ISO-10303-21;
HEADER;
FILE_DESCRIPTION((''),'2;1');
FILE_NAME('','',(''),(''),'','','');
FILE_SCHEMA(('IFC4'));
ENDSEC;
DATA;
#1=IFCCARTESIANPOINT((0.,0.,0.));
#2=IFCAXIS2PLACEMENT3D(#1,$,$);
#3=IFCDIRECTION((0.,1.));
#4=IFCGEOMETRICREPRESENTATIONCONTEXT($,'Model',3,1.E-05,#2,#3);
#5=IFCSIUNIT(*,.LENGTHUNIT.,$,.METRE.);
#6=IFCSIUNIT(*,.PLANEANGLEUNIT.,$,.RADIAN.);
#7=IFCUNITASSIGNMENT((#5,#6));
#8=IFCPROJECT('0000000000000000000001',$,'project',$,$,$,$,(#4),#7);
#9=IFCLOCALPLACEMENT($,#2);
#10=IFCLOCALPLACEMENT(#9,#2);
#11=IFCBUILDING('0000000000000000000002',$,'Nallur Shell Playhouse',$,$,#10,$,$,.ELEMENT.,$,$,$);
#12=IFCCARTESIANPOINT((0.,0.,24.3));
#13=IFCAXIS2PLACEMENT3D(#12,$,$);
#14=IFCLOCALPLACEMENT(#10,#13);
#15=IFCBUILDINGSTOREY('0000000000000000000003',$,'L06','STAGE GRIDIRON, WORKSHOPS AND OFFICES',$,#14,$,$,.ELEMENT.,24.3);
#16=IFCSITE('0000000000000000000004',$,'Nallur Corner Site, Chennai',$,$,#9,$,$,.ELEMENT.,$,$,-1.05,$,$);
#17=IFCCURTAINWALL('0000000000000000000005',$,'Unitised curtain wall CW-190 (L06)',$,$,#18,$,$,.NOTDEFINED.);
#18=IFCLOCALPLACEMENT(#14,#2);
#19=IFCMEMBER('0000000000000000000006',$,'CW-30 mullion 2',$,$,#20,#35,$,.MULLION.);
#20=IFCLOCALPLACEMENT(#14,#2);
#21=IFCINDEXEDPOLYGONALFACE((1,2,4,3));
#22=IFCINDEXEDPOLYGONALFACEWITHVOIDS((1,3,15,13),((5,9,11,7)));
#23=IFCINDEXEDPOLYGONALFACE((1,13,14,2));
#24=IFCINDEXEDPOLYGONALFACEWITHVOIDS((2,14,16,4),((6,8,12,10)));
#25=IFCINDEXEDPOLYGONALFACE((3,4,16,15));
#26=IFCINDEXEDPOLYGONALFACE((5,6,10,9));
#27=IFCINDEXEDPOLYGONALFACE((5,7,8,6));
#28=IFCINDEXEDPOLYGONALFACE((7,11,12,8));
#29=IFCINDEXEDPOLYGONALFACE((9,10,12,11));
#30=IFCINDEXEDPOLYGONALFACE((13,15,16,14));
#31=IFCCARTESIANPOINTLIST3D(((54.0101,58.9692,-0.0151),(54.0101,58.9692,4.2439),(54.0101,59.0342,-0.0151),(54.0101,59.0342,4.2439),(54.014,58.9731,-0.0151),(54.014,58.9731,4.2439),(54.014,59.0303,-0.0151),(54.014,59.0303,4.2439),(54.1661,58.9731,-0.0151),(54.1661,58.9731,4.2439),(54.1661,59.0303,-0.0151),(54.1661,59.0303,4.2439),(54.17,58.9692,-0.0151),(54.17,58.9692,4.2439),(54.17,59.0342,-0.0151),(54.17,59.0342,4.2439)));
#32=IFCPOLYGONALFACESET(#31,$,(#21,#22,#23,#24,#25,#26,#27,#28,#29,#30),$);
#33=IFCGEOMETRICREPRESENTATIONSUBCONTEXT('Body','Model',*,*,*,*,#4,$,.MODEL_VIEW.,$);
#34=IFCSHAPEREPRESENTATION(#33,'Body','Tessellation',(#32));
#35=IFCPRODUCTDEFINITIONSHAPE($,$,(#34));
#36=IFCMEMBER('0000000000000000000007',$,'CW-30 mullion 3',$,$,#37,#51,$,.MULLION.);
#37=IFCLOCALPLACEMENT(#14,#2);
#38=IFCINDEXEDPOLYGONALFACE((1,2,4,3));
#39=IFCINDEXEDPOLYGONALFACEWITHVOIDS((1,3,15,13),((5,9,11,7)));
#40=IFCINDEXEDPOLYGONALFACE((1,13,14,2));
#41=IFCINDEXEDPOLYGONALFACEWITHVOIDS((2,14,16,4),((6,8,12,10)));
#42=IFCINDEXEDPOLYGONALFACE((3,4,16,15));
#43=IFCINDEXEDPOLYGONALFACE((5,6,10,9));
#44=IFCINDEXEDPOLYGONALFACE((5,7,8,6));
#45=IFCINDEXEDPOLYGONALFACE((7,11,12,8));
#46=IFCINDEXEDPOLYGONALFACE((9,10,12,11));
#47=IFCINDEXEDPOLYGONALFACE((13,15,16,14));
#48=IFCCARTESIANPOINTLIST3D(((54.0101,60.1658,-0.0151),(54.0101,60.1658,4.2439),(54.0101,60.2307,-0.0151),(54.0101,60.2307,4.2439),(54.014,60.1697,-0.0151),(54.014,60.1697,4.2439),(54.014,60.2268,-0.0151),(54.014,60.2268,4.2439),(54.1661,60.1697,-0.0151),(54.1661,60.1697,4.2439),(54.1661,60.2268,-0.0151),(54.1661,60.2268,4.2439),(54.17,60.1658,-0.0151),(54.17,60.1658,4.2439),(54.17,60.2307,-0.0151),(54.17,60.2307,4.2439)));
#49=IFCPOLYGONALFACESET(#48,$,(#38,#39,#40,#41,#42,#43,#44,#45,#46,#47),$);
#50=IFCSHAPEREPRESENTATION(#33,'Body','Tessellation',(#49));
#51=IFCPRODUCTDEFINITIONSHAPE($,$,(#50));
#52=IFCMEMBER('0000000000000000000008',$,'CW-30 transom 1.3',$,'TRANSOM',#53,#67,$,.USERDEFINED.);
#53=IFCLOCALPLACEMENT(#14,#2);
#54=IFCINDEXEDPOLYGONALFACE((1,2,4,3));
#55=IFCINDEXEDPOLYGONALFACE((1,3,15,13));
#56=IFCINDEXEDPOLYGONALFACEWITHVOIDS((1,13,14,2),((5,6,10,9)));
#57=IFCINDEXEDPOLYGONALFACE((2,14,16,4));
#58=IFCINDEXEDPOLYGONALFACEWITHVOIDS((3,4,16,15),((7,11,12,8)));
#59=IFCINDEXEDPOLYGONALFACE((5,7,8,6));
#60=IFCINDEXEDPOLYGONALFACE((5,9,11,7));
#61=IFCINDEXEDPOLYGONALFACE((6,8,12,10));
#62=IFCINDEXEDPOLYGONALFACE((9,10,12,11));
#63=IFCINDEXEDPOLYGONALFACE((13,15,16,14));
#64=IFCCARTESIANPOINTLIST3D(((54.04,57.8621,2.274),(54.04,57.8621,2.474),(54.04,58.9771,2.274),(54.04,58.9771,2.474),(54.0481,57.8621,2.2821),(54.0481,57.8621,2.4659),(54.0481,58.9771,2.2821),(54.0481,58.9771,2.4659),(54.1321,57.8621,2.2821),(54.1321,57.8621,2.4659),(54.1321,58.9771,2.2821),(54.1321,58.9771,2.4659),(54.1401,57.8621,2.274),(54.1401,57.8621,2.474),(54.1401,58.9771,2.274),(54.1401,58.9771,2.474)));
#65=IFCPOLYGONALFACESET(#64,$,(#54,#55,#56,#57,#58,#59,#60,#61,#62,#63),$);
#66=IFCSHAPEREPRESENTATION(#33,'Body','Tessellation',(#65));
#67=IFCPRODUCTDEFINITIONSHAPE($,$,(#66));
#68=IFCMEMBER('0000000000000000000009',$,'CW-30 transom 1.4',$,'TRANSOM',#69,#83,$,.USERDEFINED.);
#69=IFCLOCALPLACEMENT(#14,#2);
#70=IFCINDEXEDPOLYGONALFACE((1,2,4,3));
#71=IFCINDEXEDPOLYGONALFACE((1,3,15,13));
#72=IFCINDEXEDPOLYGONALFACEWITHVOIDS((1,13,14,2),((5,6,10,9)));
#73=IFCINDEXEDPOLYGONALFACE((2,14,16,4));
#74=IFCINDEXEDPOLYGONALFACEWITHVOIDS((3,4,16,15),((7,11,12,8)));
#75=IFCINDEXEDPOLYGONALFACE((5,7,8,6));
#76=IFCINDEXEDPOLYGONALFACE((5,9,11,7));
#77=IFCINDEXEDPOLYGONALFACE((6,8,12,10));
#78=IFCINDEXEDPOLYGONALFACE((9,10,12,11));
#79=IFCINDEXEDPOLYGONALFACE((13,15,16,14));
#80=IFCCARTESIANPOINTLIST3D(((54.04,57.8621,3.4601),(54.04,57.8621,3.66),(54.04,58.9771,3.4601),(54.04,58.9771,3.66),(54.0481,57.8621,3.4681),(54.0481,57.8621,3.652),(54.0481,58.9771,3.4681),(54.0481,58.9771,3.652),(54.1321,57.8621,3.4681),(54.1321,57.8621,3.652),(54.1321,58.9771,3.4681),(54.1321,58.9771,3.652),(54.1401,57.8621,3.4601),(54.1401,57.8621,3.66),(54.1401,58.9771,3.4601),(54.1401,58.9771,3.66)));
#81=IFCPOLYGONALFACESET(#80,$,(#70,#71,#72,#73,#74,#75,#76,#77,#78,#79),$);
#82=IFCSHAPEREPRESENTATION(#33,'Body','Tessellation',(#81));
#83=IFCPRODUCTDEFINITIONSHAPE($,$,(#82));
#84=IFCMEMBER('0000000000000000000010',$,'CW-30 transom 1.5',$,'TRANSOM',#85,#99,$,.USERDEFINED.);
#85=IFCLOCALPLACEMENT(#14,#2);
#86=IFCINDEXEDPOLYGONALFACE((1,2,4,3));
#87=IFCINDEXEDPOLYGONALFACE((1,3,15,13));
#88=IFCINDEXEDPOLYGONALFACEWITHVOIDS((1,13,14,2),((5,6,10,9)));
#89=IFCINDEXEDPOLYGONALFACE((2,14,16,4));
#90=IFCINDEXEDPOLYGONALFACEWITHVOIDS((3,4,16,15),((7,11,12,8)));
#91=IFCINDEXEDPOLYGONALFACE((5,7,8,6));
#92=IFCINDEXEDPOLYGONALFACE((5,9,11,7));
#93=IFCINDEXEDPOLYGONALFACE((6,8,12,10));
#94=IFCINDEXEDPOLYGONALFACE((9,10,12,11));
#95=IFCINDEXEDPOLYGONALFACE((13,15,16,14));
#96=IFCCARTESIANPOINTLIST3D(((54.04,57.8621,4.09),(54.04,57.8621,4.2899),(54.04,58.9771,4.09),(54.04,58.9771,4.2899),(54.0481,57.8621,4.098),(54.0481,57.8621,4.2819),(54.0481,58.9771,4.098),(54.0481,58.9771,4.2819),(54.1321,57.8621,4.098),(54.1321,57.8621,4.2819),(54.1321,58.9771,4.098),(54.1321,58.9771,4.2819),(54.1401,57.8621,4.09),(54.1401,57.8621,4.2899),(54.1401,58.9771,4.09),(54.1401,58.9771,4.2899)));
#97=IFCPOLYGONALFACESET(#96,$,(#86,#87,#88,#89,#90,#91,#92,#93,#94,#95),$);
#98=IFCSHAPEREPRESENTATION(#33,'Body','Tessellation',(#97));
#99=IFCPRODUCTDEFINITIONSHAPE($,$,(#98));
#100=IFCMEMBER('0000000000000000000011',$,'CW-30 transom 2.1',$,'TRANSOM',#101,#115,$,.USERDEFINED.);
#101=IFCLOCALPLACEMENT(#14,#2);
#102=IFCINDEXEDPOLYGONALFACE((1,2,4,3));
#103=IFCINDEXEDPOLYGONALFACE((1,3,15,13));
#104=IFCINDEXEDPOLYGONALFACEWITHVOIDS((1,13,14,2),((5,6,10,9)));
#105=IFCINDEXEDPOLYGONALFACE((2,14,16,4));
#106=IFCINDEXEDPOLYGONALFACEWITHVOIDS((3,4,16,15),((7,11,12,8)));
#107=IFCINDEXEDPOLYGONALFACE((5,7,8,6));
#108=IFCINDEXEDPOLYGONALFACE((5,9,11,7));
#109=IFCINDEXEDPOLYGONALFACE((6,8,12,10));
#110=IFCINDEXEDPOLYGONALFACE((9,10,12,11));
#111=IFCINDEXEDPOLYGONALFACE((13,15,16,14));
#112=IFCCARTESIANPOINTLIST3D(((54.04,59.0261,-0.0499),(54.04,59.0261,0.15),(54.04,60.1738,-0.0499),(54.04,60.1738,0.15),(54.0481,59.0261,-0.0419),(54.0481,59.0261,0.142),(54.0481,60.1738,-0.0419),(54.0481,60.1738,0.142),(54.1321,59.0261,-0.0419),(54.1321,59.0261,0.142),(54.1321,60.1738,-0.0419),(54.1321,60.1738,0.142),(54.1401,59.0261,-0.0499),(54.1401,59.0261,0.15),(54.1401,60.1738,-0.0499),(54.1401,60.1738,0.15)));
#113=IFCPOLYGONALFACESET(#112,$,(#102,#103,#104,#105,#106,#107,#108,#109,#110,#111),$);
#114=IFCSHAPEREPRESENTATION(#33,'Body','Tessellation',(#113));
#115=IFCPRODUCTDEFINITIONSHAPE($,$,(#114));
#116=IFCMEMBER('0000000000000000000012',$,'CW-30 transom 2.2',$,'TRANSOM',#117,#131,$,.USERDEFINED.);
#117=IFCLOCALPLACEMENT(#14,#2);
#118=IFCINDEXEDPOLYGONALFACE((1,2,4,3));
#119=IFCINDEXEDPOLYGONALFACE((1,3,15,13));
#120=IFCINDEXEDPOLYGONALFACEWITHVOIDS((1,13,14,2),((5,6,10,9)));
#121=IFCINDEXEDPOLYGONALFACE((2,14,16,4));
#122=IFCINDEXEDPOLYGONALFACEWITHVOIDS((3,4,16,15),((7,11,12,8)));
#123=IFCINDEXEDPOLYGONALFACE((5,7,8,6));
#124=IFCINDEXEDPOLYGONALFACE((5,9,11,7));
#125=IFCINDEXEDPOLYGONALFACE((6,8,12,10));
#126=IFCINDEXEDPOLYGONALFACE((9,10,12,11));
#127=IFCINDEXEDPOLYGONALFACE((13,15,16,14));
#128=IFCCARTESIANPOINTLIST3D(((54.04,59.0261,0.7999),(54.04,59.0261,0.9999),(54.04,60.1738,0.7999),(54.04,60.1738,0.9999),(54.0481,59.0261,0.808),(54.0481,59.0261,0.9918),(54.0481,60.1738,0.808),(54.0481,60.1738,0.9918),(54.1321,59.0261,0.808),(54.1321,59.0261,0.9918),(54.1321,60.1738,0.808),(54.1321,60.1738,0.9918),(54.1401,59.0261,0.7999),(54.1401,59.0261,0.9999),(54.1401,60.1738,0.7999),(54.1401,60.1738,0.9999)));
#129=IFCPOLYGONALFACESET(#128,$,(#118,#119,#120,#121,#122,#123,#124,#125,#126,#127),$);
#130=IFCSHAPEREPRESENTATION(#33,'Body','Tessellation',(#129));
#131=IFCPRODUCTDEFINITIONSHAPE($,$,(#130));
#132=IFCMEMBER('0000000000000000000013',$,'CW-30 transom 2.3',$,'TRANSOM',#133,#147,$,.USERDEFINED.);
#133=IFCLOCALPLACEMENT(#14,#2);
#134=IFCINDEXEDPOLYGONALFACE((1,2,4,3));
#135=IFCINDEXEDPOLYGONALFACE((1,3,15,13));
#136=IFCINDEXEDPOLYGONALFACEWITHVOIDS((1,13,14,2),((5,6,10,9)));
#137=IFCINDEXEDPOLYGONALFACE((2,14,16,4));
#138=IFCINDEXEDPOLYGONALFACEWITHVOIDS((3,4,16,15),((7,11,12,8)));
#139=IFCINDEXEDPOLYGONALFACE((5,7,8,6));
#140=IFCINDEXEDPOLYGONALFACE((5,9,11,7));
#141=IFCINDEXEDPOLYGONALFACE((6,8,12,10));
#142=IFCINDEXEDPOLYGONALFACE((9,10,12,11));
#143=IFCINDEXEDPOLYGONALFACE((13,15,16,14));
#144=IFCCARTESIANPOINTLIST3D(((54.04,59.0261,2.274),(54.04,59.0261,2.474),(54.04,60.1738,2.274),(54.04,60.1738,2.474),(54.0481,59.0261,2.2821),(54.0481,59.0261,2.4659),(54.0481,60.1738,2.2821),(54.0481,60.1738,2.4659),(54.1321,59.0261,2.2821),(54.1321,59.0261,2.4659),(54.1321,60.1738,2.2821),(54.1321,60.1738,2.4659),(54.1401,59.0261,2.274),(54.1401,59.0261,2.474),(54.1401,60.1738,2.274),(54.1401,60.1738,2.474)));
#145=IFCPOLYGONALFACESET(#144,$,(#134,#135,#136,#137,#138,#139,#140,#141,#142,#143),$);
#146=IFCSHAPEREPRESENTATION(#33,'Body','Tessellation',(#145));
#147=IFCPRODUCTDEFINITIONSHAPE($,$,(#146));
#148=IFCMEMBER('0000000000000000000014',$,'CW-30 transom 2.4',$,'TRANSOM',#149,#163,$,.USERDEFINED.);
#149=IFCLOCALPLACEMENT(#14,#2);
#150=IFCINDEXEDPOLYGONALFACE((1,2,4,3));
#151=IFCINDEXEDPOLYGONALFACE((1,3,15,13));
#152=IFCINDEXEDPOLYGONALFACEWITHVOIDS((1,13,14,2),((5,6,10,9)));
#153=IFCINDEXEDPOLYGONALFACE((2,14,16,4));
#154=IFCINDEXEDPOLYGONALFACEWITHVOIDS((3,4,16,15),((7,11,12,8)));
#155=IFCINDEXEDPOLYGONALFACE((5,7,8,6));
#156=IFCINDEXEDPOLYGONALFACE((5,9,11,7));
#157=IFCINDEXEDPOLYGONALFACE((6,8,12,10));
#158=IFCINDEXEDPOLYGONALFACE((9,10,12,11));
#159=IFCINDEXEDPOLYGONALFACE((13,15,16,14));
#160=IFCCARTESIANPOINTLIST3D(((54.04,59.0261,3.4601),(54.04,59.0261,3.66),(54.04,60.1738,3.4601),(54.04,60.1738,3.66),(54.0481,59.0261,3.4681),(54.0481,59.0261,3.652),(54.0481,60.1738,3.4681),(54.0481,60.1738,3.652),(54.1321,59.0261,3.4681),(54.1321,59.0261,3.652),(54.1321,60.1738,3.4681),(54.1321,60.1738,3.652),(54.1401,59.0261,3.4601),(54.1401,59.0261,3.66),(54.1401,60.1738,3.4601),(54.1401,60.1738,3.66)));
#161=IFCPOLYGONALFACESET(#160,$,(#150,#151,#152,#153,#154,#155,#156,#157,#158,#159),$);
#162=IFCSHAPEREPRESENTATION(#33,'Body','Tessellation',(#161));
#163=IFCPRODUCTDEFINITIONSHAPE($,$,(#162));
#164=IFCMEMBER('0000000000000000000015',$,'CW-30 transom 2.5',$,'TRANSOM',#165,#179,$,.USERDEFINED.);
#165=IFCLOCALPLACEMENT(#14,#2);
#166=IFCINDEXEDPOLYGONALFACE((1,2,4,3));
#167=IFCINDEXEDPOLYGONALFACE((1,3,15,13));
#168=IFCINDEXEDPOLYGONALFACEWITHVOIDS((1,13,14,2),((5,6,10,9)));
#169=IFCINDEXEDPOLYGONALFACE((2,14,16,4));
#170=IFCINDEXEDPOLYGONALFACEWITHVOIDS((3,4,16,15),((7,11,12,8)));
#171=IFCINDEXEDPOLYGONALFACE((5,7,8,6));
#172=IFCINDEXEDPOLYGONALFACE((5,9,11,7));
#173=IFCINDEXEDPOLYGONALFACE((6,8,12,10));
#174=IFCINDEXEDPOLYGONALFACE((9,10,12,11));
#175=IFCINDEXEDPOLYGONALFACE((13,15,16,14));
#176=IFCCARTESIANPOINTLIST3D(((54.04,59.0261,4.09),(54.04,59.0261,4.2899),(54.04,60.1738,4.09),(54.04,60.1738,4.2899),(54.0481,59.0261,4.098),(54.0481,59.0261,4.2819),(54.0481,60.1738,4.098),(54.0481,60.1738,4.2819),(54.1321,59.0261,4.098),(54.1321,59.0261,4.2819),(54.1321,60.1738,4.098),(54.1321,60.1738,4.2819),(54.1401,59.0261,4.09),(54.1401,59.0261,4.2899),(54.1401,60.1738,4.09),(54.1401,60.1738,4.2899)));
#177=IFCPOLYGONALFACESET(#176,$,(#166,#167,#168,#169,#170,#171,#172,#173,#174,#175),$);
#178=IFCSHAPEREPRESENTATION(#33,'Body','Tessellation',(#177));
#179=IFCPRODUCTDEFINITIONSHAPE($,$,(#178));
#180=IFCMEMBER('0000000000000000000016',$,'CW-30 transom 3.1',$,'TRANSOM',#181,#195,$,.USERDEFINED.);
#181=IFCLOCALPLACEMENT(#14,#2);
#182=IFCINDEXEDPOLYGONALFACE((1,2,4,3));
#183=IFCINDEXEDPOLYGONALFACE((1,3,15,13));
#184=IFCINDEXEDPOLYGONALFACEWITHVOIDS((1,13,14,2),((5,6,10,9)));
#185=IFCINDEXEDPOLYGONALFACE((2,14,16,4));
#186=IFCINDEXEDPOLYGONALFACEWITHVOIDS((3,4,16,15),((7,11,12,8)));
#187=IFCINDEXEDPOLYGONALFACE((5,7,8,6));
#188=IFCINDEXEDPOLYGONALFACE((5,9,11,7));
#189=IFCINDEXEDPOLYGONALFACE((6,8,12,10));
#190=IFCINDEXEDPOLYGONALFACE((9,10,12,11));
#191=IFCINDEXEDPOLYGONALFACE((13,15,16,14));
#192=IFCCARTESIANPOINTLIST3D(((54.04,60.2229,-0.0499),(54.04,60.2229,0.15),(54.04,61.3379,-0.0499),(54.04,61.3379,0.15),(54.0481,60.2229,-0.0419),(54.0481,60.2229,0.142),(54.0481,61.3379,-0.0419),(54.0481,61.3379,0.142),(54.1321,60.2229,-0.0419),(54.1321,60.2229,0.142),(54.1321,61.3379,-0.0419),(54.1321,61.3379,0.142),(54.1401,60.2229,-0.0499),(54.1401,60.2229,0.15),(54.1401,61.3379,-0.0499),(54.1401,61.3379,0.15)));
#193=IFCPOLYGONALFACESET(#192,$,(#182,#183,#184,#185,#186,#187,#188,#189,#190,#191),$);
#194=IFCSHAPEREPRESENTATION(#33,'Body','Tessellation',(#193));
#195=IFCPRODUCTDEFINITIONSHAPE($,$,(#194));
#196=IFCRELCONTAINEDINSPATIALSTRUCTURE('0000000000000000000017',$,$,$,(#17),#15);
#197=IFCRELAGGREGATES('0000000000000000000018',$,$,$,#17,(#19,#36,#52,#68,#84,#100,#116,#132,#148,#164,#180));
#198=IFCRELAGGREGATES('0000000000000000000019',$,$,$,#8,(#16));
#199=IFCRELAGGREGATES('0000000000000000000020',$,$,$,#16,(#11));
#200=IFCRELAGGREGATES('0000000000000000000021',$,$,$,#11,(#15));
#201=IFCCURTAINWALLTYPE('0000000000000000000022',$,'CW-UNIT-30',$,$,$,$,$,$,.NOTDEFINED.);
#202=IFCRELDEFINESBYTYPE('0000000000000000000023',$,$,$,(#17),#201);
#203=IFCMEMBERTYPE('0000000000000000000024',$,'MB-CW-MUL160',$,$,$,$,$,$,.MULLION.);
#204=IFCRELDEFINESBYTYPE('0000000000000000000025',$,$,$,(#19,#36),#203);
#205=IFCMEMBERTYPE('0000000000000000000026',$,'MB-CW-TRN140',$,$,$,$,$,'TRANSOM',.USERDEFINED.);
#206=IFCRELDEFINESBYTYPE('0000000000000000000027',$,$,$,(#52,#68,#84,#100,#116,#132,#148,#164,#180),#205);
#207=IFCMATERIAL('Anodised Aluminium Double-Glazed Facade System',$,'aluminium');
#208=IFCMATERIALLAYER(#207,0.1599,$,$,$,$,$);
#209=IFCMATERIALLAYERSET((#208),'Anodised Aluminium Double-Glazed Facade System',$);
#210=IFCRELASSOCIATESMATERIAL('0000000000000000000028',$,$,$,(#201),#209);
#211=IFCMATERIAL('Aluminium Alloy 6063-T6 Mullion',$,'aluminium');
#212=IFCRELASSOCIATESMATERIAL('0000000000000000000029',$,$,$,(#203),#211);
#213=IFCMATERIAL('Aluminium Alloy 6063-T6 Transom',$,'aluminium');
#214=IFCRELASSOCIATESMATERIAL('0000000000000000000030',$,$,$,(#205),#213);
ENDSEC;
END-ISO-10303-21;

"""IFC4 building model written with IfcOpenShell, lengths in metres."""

from ifc_helpers import new_model, si_unit, direction, frame, origin, origin_2d, place, context, subcontext, project, spatial, hollow_rectangle, extrude, material, layer, layer_set, material_profile, profile_set, type_object, element, aggregate, save


model = new_model("IFC4")

# Units and contexts
model_context = context("Model", 3, precision=1e-05, world=origin(), true_north=direction((0.0, 1.0)))
body_context = subcontext(model_context, "Body", "Model", "MODEL_VIEW")
ifc_project = project(units=[si_unit("LENGTHUNIT", "METRE"), si_unit("PLANEANGLEUNIT", "RADIAN")], contexts=[model_context])

# Site, building, storey
site_placement = place(None, origin())
site = spatial("IfcSite", under=ifc_project, at=site_placement, Name="Nallur Corner Site, Chennai", CompositionType="ELEMENT", RefElevation=-1.05)
building_placement = place(site_placement, origin())
building = spatial("IfcBuilding", under=site, at=building_placement, Name="Nallur Shell Playhouse", CompositionType="ELEMENT")
storey_placement = place(building_placement, frame((0.0, 0.0, 24.3)))
storey = spatial("IfcBuildingStorey", under=building, at=storey_placement, Name="L06", Description="STAGE GRIDIRON, WORKSHOPS AND OFFICES", CompositionType="ELEMENT", Elevation=24.3)

# Curtain wall, members
ifc_material_1 = material(Name="Anodised Aluminium Double-Glazed Facade System", Category="aluminium")
ifc_layer_1 = layer(ifc_material_1, 0.1599)
ifc_layer_set_1 = layer_set([ifc_layer_1], Name="Anodised Aluminium Double-Glazed Facade System")
curtain_wall_type = type_object("IfcCurtainWallType", Name="CW-UNIT-30", PredefinedType="NOTDEFINED", material=ifc_layer_set_1)
curtain_wall_placement = place(storey_placement, origin())
curtain_wall = element("IfcCurtainWall", 1, at=curtain_wall_placement, inside=storey, type_object=curtain_wall_type, Name="Unitised curtain wall CW-190 (L06)", PredefinedType="NOTDEFINED")
ifc_material_2 = material(Name="Aluminium Alloy 6063-T6 Mullion", Category="aluminium")
ifc_material_profile_1 = material_profile(ifc_material_2, hollow_rectangle(XDim=0.0649, YDim=0.1599, WallThickness=0.0039, at=origin_2d()), Name="ALU 65x160x4")
ifc_profile_set_1 = profile_set([ifc_material_profile_1], Name="Aluminium Alloy 6063-T6 Mullion")
member_type_1 = type_object("IfcMemberType", Name="MB-CW-MUL160", PredefinedType="MULLION", material=ifc_profile_set_1)
member_1_placement = place(storey_placement, frame((54.0901, 59.0017, -0.0151), z_axis=(0.0, 0.0, 1.0), x_axis=(0.0, 1.0, 0.0)))
member_1 = element("IfcMember", 2, at=member_1_placement, type_object=member_type_1, Name="CW-30 mullion 2", PredefinedType="MULLION", context=body_context, shape_type="SweptSolid", body=[
    extrude(hollow_rectangle(XDim=0.0649, YDim=0.1599, WallThickness=0.0039, at=origin_2d()), origin(), (0.0, 0.0, 1.0), 4.259),
])
member_2_placement = place(storey_placement, frame((54.0901, 60.1982, -0.0151), z_axis=(0.0, 0.0, 1.0), x_axis=(0.0, 1.0, 0.0)))
member_2 = element("IfcMember", 3, at=member_2_placement, type_object=member_type_1, Name="CW-30 mullion 3", PredefinedType="MULLION", context=body_context, shape_type="SweptSolid", body=[
    extrude(hollow_rectangle(XDim=0.0649, YDim=0.1599, WallThickness=0.0039, at=origin_2d()), origin(), (0.0, 0.0, 1.0), 4.259),
])
ifc_material_3 = material(Name="Aluminium Alloy 6063-T6 Transom", Category="aluminium")
ifc_material_profile_2 = material_profile(ifc_material_3, hollow_rectangle(XDim=0.1001, YDim=0.2, WallThickness=0.0081, at=origin_2d()), Name="RHS 200x100x8")
ifc_profile_set_2 = profile_set([ifc_material_profile_2], Name="Aluminium Alloy 6063-T6 Transom")
member_type_2 = type_object("IfcMemberType", Name="MB-CW-TRN140", ElementType="TRANSOM", PredefinedType="USERDEFINED", material=ifc_profile_set_2)
member_3_placement = place(storey_placement, frame((54.0901, 57.8621, 2.374), z_axis=(0.0, 1.0, 0.0), x_axis=(-1.0, 0.0, 0.0)))
member_3 = element("IfcMember", 4, at=member_3_placement, type_object=member_type_2, Name="CW-30 transom 1.3", ObjectType="TRANSOM", PredefinedType="USERDEFINED", context=body_context, shape_type="SweptSolid", body=[
    extrude(hollow_rectangle(XDim=0.1001, YDim=0.2, WallThickness=0.0081, at=origin_2d()), origin(), (0.0, 0.0, 1.0), 1.115),
])
member_4_placement = place(storey_placement, frame((54.0901, 57.8621, 3.5601), z_axis=(0.0, 1.0, 0.0), x_axis=(-1.0, 0.0, 0.0)))
member_4 = element("IfcMember", 5, at=member_4_placement, type_object=member_type_2, Name="CW-30 transom 1.4", ObjectType="TRANSOM", PredefinedType="USERDEFINED", context=body_context, shape_type="SweptSolid", body=[
    extrude(hollow_rectangle(XDim=0.1001, YDim=0.2, WallThickness=0.0081, at=origin_2d()), origin(), (0.0, 0.0, 1.0), 1.115),
])
member_5_placement = place(storey_placement, frame((54.0901, 57.8621, 4.1899), z_axis=(0.0, 1.0, 0.0), x_axis=(-1.0, 0.0, 0.0)))
member_5 = element("IfcMember", 6, at=member_5_placement, type_object=member_type_2, Name="CW-30 transom 1.5", ObjectType="TRANSOM", PredefinedType="USERDEFINED", context=body_context, shape_type="SweptSolid", body=[
    extrude(hollow_rectangle(XDim=0.1001, YDim=0.2, WallThickness=0.0081, at=origin_2d()), origin(), (0.0, 0.0, 1.0), 1.115),
])
member_6_placement = place(storey_placement, frame((54.0901, 59.0261, 0.05), z_axis=(0.0, 1.0, 0.0), x_axis=(-1.0, 0.0, 0.0)))
member_6 = element("IfcMember", 7, at=member_6_placement, type_object=member_type_2, Name="CW-30 transom 2.1", ObjectType="TRANSOM", PredefinedType="USERDEFINED", context=body_context, shape_type="SweptSolid", body=[
    extrude(hollow_rectangle(XDim=0.1001, YDim=0.2, WallThickness=0.0081, at=origin_2d()), origin(), (0.0, 0.0, 1.0), 1.1477),
])
member_7_placement = place(storey_placement, frame((54.0901, 59.0261, 0.8999), z_axis=(0.0, 1.0, 0.0), x_axis=(-1.0, 0.0, 0.0)))
member_7 = element("IfcMember", 8, at=member_7_placement, type_object=member_type_2, Name="CW-30 transom 2.2", ObjectType="TRANSOM", PredefinedType="USERDEFINED", context=body_context, shape_type="SweptSolid", body=[
    extrude(hollow_rectangle(XDim=0.1001, YDim=0.2, WallThickness=0.0081, at=origin_2d()), origin(), (0.0, 0.0, 1.0), 1.1477),
])
member_8_placement = place(storey_placement, frame((54.0901, 59.0261, 2.374), z_axis=(0.0, 1.0, 0.0), x_axis=(-1.0, 0.0, 0.0)))
member_8 = element("IfcMember", 9, at=member_8_placement, type_object=member_type_2, Name="CW-30 transom 2.3", ObjectType="TRANSOM", PredefinedType="USERDEFINED", context=body_context, shape_type="SweptSolid", body=[
    extrude(hollow_rectangle(XDim=0.1001, YDim=0.2, WallThickness=0.0081, at=origin_2d()), origin(), (0.0, 0.0, 1.0), 1.1477),
])
member_9_placement = place(storey_placement, frame((54.0901, 59.0261, 3.5601), z_axis=(0.0, 1.0, 0.0), x_axis=(-1.0, 0.0, 0.0)))
member_9 = element("IfcMember", 10, at=member_9_placement, type_object=member_type_2, Name="CW-30 transom 2.4", ObjectType="TRANSOM", PredefinedType="USERDEFINED", context=body_context, shape_type="SweptSolid", body=[
    extrude(hollow_rectangle(XDim=0.1001, YDim=0.2, WallThickness=0.0081, at=origin_2d()), origin(), (0.0, 0.0, 1.0), 1.1477),
])
member_10_placement = place(storey_placement, frame((54.0901, 59.0261, 4.1899), z_axis=(0.0, 1.0, 0.0), x_axis=(-1.0, 0.0, 0.0)))
member_10 = element("IfcMember", 11, at=member_10_placement, type_object=member_type_2, Name="CW-30 transom 2.5", ObjectType="TRANSOM", PredefinedType="USERDEFINED", context=body_context, shape_type="SweptSolid", body=[
    extrude(hollow_rectangle(XDim=0.1001, YDim=0.2, WallThickness=0.0081, at=origin_2d()), origin(), (0.0, 0.0, 1.0), 1.1477),
])
member_11_placement = place(storey_placement, frame((54.0901, 60.2229, 0.05), z_axis=(0.0, 1.0, 0.0), x_axis=(-1.0, 0.0, 0.0)))
member_11 = element("IfcMember", 12, at=member_11_placement, type_object=member_type_2, Name="CW-30 transom 3.1", ObjectType="TRANSOM", PredefinedType="USERDEFINED", context=body_context, shape_type="SweptSolid", body=[
    extrude(hollow_rectangle(XDim=0.1001, YDim=0.2, WallThickness=0.0081, at=origin_2d()), origin(), (0.0, 0.0, 1.0), 1.115),
])
aggregate(curtain_wall, [member_1, member_2, member_3, member_4, member_5, member_6, member_7, member_8, member_9, member_10, member_11])

save(model, "model.ifc")
